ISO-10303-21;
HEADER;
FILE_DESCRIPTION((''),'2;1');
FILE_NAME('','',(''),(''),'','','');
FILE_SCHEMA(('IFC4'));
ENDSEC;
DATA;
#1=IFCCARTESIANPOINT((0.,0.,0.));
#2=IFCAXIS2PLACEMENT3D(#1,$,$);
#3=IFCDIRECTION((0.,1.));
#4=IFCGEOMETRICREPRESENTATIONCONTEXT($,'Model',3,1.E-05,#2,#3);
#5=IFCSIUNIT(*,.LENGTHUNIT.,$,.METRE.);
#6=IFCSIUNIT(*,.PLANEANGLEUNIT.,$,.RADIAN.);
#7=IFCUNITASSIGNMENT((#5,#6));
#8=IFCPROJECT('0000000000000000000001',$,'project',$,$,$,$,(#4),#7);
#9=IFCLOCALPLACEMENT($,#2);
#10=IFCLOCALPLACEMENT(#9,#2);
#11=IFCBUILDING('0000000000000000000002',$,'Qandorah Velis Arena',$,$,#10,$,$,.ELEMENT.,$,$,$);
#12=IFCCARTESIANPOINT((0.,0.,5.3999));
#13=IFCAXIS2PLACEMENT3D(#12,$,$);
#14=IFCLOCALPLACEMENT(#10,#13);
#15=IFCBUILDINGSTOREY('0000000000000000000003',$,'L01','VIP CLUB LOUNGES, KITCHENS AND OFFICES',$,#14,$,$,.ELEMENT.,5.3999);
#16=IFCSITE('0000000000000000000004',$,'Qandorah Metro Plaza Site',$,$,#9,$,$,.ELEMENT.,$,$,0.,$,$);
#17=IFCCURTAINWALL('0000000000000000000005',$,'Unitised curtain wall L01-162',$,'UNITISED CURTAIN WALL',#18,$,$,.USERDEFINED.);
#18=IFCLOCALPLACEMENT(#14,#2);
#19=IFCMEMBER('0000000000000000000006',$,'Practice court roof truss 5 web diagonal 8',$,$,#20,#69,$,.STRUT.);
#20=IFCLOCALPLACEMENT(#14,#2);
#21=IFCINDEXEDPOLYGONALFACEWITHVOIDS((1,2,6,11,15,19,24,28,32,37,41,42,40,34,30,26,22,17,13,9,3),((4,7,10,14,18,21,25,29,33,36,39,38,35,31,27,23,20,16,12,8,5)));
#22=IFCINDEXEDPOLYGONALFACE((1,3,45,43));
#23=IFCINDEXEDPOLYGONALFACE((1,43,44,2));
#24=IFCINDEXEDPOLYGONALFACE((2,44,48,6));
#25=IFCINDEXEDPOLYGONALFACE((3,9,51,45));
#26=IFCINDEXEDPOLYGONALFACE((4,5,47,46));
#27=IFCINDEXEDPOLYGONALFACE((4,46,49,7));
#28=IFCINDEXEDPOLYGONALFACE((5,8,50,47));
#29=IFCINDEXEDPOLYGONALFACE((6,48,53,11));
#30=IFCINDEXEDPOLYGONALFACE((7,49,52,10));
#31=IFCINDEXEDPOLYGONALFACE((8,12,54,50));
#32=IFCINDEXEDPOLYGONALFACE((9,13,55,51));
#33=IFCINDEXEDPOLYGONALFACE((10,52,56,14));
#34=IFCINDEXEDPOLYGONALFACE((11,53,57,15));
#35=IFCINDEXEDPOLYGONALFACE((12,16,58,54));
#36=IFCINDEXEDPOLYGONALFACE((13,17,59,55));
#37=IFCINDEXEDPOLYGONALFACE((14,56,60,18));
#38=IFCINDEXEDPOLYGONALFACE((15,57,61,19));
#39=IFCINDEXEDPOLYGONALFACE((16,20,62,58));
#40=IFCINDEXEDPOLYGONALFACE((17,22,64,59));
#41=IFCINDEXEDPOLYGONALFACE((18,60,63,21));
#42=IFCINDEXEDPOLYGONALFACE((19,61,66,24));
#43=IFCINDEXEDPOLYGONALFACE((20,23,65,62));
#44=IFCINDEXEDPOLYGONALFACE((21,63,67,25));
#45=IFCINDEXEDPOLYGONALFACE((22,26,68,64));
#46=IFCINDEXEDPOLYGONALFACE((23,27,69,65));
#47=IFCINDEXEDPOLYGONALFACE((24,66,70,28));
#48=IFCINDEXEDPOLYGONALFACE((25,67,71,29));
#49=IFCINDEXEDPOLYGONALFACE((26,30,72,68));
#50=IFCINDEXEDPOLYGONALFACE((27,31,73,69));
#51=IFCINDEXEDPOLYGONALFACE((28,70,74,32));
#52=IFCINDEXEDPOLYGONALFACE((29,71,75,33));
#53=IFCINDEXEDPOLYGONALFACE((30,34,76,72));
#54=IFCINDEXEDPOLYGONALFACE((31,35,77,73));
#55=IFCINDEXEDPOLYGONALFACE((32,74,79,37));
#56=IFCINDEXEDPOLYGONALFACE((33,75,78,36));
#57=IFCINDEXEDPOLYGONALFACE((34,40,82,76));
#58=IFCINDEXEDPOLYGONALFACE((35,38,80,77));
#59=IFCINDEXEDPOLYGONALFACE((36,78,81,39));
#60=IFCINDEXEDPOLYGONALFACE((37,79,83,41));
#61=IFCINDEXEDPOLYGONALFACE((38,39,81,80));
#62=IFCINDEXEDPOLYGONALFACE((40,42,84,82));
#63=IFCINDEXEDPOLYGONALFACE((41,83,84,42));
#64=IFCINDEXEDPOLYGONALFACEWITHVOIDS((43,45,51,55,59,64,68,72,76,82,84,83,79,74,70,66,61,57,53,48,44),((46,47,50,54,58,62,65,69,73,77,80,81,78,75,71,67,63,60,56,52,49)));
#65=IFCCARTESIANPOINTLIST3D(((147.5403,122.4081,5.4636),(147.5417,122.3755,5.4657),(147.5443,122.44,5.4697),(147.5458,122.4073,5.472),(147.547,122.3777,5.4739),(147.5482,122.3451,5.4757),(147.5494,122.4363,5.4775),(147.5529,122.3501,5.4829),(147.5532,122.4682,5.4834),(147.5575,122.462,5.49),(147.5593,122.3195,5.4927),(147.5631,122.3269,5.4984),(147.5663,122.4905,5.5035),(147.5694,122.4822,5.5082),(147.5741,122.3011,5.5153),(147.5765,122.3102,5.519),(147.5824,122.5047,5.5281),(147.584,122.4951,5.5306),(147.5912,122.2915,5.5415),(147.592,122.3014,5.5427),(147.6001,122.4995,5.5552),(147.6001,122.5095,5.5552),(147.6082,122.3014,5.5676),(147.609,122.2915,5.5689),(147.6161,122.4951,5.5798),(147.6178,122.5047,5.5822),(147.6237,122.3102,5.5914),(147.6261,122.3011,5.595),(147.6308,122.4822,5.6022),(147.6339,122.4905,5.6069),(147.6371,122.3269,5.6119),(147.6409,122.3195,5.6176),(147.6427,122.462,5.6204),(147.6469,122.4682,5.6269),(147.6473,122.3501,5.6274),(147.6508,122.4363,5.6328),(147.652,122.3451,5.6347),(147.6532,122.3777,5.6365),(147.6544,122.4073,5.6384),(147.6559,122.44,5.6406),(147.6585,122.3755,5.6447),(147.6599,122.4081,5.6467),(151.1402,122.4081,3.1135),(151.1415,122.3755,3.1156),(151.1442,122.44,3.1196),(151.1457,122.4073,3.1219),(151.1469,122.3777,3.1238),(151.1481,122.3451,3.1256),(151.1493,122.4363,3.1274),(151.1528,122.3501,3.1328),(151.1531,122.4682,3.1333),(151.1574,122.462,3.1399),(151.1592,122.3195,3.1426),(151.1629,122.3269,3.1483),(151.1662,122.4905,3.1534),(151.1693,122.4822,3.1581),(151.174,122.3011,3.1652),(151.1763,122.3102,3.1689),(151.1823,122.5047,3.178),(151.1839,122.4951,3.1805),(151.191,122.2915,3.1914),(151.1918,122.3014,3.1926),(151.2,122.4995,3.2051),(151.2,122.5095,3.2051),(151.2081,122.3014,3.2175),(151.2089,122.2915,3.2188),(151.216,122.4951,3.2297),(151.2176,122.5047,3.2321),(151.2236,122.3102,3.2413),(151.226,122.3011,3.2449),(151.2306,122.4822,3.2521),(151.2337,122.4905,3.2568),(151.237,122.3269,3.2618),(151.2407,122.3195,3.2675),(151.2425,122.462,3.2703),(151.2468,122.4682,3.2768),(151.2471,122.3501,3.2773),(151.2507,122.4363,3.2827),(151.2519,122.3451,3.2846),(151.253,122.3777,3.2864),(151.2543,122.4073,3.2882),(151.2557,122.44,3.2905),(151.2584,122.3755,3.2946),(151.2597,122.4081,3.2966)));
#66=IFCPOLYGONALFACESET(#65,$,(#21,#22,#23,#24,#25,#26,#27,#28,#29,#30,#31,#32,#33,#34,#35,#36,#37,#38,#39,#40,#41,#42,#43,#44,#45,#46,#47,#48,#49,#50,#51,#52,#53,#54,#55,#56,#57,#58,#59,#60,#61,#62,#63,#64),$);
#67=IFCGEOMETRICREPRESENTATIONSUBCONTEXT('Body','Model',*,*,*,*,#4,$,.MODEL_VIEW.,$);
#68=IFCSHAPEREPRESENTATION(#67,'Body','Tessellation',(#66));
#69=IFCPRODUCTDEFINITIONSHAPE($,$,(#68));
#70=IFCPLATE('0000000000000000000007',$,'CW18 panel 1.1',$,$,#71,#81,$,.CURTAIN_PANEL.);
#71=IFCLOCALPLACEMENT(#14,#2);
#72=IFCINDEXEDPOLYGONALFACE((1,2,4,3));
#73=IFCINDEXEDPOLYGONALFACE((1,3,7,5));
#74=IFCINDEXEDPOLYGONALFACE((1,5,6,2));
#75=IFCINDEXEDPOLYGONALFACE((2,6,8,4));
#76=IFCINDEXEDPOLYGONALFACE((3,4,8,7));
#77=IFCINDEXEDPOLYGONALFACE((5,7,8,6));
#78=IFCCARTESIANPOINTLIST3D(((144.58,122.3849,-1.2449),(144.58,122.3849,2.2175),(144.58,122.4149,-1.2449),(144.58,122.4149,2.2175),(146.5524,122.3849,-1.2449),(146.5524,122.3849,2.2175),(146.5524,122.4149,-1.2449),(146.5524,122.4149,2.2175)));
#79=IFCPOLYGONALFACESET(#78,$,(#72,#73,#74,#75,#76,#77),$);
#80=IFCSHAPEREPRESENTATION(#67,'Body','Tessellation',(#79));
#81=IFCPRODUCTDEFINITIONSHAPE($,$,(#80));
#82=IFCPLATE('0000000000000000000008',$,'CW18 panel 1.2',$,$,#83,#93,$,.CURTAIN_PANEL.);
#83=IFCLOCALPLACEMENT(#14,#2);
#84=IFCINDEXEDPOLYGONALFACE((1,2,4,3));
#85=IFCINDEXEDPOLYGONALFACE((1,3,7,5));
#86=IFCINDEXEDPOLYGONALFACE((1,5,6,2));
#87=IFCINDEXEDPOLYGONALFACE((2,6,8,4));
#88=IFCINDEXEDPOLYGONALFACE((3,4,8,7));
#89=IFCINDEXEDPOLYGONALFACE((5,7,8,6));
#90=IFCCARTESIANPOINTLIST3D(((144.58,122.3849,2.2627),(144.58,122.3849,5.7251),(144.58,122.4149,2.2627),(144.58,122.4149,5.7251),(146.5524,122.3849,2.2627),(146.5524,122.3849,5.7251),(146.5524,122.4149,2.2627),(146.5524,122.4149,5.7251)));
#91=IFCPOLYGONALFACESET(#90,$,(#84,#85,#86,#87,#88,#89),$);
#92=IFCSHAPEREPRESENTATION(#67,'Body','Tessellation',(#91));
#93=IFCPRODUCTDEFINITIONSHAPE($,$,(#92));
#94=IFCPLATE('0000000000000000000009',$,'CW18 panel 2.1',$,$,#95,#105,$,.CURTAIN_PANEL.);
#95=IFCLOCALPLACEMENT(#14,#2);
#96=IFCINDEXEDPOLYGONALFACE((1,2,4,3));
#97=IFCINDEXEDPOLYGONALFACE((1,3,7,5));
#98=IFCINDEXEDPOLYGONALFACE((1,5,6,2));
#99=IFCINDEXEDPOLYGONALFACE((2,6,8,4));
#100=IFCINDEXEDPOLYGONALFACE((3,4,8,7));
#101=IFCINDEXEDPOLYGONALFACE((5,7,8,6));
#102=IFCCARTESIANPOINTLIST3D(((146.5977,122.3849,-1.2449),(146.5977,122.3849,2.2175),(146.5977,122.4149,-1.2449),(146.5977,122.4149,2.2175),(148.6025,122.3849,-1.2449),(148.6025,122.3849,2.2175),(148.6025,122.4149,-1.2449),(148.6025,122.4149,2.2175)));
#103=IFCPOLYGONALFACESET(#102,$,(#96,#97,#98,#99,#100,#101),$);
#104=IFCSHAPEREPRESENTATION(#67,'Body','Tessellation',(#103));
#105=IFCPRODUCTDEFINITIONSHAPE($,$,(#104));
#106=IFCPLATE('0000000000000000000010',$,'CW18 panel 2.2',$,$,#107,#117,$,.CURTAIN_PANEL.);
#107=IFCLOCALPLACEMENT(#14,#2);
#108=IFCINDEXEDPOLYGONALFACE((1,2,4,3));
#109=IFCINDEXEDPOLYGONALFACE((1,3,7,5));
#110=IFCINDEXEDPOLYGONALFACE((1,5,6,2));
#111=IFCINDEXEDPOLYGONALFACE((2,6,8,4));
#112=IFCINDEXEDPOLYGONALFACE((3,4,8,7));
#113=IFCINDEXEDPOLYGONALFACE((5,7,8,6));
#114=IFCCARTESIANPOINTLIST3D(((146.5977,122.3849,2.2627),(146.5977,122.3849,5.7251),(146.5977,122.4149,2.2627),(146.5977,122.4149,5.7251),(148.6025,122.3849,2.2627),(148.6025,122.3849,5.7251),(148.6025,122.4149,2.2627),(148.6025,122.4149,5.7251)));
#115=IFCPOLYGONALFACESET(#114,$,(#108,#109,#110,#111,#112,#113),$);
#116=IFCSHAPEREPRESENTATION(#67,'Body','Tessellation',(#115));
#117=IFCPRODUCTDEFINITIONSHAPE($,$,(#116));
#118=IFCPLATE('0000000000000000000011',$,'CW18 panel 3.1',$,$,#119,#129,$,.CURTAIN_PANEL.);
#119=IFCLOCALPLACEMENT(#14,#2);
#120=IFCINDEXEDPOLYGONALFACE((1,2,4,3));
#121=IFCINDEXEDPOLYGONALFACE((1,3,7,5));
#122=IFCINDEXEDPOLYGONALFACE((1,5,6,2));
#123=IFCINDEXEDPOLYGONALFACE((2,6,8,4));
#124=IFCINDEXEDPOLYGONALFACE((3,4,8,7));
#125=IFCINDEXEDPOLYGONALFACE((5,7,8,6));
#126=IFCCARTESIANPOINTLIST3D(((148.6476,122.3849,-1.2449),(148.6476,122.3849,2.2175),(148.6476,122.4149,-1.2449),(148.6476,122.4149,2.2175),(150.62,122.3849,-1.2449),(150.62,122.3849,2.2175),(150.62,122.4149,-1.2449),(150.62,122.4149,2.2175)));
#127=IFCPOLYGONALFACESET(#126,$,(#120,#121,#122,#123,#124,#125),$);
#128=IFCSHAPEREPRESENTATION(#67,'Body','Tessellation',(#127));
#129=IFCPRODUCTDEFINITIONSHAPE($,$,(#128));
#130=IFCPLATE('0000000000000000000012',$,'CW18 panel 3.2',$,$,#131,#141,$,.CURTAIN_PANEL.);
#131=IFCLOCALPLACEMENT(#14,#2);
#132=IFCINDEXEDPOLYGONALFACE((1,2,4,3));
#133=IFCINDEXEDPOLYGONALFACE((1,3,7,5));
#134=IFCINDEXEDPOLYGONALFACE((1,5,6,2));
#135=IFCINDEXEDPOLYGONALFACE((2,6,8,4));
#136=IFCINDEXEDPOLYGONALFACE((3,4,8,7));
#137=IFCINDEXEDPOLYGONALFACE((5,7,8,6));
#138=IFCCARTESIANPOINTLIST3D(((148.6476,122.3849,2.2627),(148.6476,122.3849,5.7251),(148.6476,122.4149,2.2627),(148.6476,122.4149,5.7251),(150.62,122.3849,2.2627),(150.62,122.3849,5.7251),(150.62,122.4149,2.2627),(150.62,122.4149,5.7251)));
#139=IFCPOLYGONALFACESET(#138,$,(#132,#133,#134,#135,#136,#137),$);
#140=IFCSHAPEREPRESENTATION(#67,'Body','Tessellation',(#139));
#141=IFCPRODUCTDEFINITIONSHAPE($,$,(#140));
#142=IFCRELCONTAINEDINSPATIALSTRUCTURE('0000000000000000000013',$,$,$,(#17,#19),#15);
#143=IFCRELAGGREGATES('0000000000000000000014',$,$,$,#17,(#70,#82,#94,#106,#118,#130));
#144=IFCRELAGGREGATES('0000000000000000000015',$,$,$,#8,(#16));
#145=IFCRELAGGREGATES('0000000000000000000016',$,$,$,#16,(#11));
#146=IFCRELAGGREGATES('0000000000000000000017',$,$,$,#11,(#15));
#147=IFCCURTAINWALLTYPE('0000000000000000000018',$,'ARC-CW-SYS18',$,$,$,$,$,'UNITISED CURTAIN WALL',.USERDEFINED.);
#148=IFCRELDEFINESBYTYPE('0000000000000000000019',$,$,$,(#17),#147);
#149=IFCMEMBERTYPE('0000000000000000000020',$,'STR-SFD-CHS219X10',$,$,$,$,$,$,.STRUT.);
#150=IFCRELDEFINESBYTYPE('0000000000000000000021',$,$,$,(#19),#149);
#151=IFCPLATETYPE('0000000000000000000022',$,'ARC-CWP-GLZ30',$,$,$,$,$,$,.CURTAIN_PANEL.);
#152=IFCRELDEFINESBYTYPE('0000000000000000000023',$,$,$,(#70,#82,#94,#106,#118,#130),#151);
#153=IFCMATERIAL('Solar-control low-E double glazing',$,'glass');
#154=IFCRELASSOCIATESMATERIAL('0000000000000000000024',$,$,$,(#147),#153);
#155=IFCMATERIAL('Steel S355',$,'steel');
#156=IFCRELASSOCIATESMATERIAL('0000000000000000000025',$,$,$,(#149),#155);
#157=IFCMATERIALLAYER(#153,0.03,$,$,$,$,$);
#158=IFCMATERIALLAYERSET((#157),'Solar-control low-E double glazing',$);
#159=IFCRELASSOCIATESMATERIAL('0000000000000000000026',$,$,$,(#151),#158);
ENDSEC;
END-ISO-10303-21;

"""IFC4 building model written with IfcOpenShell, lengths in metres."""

from ifc_helpers import new_model, si_unit, direction, frame, origin, origin_2d, place, context, subcontext, project, spatial, rectangle, hollow_circle, extrude, material, layer, layer_set, material_profile, profile_set, type_object, element, aggregate, save


model = new_model("IFC4")

# Units and contexts
model_context = context("Model", 3, precision=1e-05, world=origin(), true_north=direction((0.0, 1.0)))
body_context = subcontext(model_context, "Body", "Model", "MODEL_VIEW")
ifc_project = project(units=[si_unit("LENGTHUNIT", "METRE"), si_unit("PLANEANGLEUNIT", "RADIAN")], contexts=[model_context])

# Site, building, storey
site_placement = place(None, origin())
site = spatial("IfcSite", under=ifc_project, at=site_placement, Name="Qandorah Metro Plaza Site", CompositionType="ELEMENT", RefElevation=0.0)
building_placement = place(site_placement, origin())
building = spatial("IfcBuilding", under=site, at=building_placement, Name="Qandorah Velis Arena", CompositionType="ELEMENT")
storey_placement = place(building_placement, frame((0.0, 0.0, 5.3999)))
storey = spatial("IfcBuildingStorey", under=building, at=storey_placement, Name="L01", Description="VIP CLUB LOUNGES, KITCHENS AND OFFICES", CompositionType="ELEMENT", Elevation=5.3999)

# Curtain wall
ifc_material_1 = material(Name="Solar-control low-E double glazing", Category="glass")
curtain_wall_type = type_object("IfcCurtainWallType", Name="ARC-CW-SYS18", ElementType="UNITISED CURTAIN WALL", PredefinedType="USERDEFINED", material=ifc_material_1)
curtain_wall_placement = place(storey_placement, origin())
curtain_wall = element("IfcCurtainWall", 1, at=curtain_wall_placement, inside=storey, type_object=curtain_wall_type, Name="Unitised curtain wall L01-162", ObjectType="UNITISED CURTAIN WALL", PredefinedType="USERDEFINED")

# Member
ifc_material_2 = material(Name="Steel S355", Category="steel")
ifc_material_profile_1 = material_profile(ifc_material_2, hollow_circle(Radius=0.1096, WallThickness=0.01, at=origin_2d()), Name="CHS 219.1x10")
ifc_profile_set_1 = profile_set([ifc_material_profile_1], Name="Steel S355")
member_type_1 = type_object("IfcMemberType", Name="STR-SFD-CHS219X10", PredefinedType="STRUT", material=ifc_profile_set_1)
member_1_placement = place(storey_placement, frame((147.6001, 122.3999, 5.5552), z_axis=(0.837359, 0.0, -0.546654), x_axis=(0.0, 1.0, 0.0)))
element("IfcMember", 2, at=member_1_placement, inside=storey, type_object=member_type_1, Name="Practice court roof truss 5 web diagonal 8", PredefinedType="STRUT", context=body_context, shape_type="SweptSolid", body=[
    extrude(hollow_circle(Radius=0.1096, WallThickness=0.01, at=origin_2d()), origin(), (0.0, 0.0, 1.0), 4.2991),
])

# Plates
ifc_layer = layer(ifc_material_1, 0.03)
ifc_layer_set = layer_set([ifc_layer], Name="Solar-control low-E double glazing")
plate_type = type_object("IfcPlateType", Name="ARC-CWP-GLZ30", PredefinedType="CURTAIN_PANEL", material=ifc_layer_set)
plate_1_placement = place(storey_placement, frame((145.5662, 122.3999, -1.2449), z_axis=(0.0, 0.0, 1.0), x_axis=(1.0, 0.0, 0.0)))
plate_1 = element("IfcPlate", 3, at=plate_1_placement, type_object=plate_type, Name="CW18 panel 1.1", PredefinedType="CURTAIN_PANEL", context=body_context, shape_type="SweptSolid", body=[
    extrude(rectangle(XDim=1.9724, YDim=0.03, at=origin_2d()), origin(), (0.0, 0.0, 1.0), 3.4624),
])
plate_2_placement = place(storey_placement, frame((145.5662, 122.3999, 2.2627), z_axis=(0.0, 0.0, 1.0), x_axis=(1.0, 0.0, 0.0)))
plate_2 = element("IfcPlate", 4, at=plate_2_placement, type_object=plate_type, Name="CW18 panel 1.2", PredefinedType="CURTAIN_PANEL", context=body_context, shape_type="SweptSolid", body=[
    extrude(rectangle(XDim=1.9724, YDim=0.03, at=origin_2d()), origin(), (0.0, 0.0, 1.0), 3.4624),
])
plate_3_placement = place(storey_placement, frame((147.6001, 122.3999, -1.2449), z_axis=(0.0, 0.0, 1.0), x_axis=(1.0, 0.0, 0.0)))
plate_3 = element("IfcPlate", 5, at=plate_3_placement, type_object=plate_type, Name="CW18 panel 2.1", PredefinedType="CURTAIN_PANEL", context=body_context, shape_type="SweptSolid", body=[
    extrude(rectangle(XDim=2.0049, YDim=0.03, at=origin_2d()), origin(), (0.0, 0.0, 1.0), 3.4624),
])
plate_4_placement = place(storey_placement, frame((147.6001, 122.3999, 2.2627), z_axis=(0.0, 0.0, 1.0), x_axis=(1.0, 0.0, 0.0)))
plate_4 = element("IfcPlate", 6, at=plate_4_placement, type_object=plate_type, Name="CW18 panel 2.2", PredefinedType="CURTAIN_PANEL", context=body_context, shape_type="SweptSolid", body=[
    extrude(rectangle(XDim=2.0049, YDim=0.03, at=origin_2d()), origin(), (0.0, 0.0, 1.0), 3.4624),
])
plate_5_placement = place(storey_placement, frame((149.6338, 122.3999, -1.2449), z_axis=(0.0, 0.0, 1.0), x_axis=(1.0, 0.0, 0.0)))
plate_5 = element("IfcPlate", 7, at=plate_5_placement, type_object=plate_type, Name="CW18 panel 3.1", PredefinedType="CURTAIN_PANEL", context=body_context, shape_type="SweptSolid", body=[
    extrude(rectangle(XDim=1.9724, YDim=0.03, at=origin_2d()), origin(), (0.0, 0.0, 1.0), 3.4624),
])
plate_6_placement = place(storey_placement, frame((149.6338, 122.3999, 2.2627), z_axis=(0.0, 0.0, 1.0), x_axis=(1.0, 0.0, 0.0)))
plate_6 = element("IfcPlate", 8, at=plate_6_placement, type_object=plate_type, Name="CW18 panel 3.2", PredefinedType="CURTAIN_PANEL", context=body_context, shape_type="SweptSolid", body=[
    extrude(rectangle(XDim=1.9724, YDim=0.03, at=origin_2d()), origin(), (0.0, 0.0, 1.0), 3.4624),
])
aggregate(curtain_wall, [plate_1, plate_2, plate_3, plate_4, plate_5, plate_6])

save(model, "model.ifc")
